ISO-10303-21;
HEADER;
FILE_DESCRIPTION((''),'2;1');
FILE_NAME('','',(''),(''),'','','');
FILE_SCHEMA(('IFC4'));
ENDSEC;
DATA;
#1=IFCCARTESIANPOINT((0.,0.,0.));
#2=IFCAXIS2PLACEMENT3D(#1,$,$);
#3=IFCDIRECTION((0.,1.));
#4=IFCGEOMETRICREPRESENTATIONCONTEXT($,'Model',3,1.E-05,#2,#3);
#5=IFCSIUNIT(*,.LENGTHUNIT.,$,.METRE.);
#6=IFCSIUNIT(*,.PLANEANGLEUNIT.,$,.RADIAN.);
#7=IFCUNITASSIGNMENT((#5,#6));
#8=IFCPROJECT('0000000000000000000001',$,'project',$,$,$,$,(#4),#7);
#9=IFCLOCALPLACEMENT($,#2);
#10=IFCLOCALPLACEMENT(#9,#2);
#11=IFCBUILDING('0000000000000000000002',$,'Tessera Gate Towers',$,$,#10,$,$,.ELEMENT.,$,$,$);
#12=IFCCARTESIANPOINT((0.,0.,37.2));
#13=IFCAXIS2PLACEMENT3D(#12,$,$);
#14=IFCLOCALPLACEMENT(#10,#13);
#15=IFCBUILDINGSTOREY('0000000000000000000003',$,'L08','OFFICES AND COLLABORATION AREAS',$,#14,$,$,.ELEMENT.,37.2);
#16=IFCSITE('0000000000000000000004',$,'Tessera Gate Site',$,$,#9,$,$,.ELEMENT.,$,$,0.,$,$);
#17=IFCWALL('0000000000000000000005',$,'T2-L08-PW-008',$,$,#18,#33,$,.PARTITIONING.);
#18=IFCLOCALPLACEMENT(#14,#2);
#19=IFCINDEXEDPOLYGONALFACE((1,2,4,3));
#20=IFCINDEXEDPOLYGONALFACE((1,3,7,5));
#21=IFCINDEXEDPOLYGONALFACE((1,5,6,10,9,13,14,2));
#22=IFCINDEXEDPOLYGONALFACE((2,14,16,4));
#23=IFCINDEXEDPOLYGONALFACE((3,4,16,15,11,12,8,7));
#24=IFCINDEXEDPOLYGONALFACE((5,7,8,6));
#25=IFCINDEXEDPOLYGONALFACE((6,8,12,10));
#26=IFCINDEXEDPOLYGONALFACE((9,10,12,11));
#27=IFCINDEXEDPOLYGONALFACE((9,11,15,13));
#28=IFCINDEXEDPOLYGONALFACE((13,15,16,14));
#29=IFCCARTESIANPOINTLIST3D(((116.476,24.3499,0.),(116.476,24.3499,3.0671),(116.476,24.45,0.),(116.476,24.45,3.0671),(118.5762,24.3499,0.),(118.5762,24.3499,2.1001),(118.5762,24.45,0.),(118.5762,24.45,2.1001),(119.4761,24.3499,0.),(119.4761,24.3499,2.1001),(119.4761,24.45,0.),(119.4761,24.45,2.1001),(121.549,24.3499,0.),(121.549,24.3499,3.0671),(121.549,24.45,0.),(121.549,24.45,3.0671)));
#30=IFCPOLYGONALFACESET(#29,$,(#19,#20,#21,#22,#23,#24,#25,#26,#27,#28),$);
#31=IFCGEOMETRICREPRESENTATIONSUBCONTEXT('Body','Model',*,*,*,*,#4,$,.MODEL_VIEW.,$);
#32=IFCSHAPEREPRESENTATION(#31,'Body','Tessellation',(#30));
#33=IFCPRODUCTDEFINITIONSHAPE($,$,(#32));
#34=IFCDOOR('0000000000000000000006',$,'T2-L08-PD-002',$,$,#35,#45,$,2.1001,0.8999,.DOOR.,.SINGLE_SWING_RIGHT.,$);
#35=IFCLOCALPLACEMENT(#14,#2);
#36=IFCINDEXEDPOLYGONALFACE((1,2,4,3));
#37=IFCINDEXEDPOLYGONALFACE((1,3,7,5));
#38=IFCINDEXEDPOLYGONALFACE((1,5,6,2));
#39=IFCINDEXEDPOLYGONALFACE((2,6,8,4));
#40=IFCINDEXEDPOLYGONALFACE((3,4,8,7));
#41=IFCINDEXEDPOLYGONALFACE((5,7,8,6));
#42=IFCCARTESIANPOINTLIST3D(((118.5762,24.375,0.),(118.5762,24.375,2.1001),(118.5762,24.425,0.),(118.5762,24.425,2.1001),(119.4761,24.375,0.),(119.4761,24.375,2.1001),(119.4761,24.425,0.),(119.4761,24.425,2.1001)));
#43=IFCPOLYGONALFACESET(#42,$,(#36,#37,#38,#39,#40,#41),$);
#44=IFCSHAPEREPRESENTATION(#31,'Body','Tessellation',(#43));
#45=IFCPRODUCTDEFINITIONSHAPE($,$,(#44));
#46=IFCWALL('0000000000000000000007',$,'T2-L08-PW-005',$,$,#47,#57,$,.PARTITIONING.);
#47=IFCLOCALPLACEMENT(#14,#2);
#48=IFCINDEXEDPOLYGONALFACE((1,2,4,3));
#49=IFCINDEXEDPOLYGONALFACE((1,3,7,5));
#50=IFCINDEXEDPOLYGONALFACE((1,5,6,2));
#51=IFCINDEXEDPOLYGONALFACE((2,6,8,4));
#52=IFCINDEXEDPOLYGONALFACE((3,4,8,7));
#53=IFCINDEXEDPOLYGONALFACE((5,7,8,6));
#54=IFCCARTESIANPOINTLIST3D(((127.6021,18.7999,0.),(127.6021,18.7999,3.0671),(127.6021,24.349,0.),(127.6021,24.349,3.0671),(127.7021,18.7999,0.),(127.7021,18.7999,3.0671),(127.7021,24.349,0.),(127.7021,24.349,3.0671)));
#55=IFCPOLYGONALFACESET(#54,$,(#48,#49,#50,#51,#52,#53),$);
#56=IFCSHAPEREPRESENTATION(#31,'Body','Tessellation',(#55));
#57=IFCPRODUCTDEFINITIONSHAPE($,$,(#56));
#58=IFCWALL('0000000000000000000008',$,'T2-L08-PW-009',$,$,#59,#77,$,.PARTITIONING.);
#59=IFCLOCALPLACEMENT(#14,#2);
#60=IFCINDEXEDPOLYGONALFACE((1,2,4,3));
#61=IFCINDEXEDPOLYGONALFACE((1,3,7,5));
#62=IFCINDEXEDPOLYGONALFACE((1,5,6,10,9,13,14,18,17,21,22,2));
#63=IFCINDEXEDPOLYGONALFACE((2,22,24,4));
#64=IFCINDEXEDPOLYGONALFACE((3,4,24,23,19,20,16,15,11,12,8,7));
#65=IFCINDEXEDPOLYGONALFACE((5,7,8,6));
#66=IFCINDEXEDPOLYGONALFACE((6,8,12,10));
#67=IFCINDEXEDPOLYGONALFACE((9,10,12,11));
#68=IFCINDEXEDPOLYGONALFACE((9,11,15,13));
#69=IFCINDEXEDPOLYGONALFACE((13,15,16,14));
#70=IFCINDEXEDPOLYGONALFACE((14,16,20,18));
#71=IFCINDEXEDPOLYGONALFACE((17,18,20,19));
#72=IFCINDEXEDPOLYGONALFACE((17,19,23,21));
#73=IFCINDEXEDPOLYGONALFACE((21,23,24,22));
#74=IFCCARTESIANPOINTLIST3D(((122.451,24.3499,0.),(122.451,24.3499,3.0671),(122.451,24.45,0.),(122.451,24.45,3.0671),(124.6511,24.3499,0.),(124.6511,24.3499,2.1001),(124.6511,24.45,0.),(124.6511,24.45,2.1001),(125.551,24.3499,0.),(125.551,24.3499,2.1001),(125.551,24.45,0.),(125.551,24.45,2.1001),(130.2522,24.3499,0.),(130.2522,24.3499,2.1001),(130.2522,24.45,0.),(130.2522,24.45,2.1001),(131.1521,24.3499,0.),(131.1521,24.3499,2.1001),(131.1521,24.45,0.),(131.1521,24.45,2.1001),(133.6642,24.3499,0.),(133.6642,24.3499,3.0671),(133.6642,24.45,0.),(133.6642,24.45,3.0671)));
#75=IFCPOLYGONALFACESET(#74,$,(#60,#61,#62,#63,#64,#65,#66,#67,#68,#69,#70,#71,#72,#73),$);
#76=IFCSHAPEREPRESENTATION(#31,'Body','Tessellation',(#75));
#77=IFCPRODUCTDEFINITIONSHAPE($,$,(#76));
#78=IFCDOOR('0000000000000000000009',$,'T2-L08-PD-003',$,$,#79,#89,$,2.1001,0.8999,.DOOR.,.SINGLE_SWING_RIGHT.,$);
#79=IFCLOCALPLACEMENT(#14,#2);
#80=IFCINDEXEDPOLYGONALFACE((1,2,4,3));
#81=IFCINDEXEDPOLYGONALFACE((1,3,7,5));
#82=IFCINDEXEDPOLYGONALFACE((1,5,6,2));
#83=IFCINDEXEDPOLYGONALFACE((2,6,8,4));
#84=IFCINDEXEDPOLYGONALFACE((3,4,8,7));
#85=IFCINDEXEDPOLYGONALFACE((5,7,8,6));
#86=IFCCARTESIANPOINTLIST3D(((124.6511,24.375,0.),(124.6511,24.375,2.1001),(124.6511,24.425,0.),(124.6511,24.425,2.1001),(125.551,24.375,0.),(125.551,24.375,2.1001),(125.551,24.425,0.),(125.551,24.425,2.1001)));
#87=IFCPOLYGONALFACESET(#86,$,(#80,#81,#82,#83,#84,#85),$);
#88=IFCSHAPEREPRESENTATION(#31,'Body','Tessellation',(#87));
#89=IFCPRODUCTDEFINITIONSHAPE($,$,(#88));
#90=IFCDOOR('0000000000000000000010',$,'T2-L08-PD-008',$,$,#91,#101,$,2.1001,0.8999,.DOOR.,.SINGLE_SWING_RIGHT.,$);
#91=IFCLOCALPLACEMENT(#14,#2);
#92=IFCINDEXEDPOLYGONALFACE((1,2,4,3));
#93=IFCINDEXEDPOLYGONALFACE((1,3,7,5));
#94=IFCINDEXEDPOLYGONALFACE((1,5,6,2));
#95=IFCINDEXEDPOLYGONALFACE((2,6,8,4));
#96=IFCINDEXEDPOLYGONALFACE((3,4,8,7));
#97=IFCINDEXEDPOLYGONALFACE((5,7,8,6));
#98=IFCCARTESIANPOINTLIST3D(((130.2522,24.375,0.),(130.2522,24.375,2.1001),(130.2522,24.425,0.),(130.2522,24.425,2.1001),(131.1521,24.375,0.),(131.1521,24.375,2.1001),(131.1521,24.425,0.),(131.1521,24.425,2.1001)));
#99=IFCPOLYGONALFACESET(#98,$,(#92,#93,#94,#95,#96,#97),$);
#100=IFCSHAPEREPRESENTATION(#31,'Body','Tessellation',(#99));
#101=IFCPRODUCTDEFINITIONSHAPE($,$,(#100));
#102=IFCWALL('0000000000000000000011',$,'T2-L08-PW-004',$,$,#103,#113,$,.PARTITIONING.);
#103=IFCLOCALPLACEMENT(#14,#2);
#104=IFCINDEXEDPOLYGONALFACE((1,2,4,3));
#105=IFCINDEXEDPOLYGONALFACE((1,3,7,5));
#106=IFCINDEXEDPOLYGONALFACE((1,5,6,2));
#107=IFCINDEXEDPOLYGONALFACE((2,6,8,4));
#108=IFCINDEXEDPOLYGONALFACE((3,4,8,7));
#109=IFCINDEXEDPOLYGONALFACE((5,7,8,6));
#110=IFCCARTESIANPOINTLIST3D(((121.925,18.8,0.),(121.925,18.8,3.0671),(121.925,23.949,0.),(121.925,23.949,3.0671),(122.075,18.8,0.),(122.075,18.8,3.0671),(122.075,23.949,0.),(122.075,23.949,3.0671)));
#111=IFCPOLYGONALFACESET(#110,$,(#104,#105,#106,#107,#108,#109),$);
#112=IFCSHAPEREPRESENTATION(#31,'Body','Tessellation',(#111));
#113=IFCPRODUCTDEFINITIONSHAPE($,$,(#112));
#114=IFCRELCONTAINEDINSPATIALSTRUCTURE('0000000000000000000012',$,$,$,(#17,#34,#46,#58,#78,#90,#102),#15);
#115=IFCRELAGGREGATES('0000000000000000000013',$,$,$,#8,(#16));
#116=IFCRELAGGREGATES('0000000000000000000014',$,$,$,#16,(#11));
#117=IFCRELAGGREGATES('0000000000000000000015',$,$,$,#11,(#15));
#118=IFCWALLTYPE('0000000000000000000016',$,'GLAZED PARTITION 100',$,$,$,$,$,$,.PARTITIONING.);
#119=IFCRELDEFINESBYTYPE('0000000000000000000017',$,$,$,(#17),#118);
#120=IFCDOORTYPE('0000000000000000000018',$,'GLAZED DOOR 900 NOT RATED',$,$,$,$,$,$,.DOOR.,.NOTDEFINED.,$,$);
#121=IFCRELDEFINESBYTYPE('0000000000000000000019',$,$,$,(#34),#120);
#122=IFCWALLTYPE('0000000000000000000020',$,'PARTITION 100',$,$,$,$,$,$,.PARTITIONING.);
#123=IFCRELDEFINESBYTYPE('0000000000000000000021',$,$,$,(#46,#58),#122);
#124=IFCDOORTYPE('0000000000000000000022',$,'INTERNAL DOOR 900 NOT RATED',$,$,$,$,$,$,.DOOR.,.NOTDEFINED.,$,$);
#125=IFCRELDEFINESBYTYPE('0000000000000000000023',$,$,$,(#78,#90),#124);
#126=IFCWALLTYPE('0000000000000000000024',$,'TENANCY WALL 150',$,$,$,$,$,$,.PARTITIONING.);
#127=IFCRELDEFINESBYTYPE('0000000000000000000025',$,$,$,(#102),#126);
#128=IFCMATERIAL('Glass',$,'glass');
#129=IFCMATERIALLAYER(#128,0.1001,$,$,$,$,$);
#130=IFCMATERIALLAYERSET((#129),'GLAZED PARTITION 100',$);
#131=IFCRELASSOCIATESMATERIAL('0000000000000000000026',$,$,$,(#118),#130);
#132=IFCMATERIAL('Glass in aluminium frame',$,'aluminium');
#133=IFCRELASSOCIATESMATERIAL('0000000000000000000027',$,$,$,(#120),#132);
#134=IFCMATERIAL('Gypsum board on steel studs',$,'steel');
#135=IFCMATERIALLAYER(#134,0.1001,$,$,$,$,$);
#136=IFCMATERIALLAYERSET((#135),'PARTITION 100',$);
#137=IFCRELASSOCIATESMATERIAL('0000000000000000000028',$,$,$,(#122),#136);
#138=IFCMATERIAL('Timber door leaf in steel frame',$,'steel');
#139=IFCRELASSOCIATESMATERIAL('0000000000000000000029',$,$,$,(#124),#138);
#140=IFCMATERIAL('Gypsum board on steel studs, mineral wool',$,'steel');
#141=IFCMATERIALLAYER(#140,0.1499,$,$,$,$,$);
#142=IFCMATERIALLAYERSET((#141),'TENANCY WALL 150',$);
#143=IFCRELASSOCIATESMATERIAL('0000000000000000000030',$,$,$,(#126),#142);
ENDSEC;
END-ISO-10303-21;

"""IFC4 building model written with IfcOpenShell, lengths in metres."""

from ifc_helpers import new_model, si_unit, direction, frame, frame_2d, origin, place, context, subcontext, project, spatial, rectangle, extrude, source, transform, mapped, material, layer, layer_set, type_object, element, fill, save


model = new_model("IFC4")

# Units and contexts
model_context = context("Model", 3, precision=1e-05, world=origin(), true_north=direction((0.0, 1.0)))
body_context = subcontext(model_context, "Body", "Model", "MODEL_VIEW")
ifc_project = project(units=[si_unit("LENGTHUNIT", "METRE"), si_unit("PLANEANGLEUNIT", "RADIAN")], contexts=[model_context])

# Site, building, storey
site_placement = place(None, origin())
site = spatial("IfcSite", under=ifc_project, at=site_placement, Name="Tessera Gate Site", CompositionType="ELEMENT", RefElevation=0.0)
building_placement = place(site_placement, origin())
building = spatial("IfcBuilding", under=site, at=building_placement, Name="Tessera Gate Towers", CompositionType="ELEMENT")
storey_placement = place(building_placement, frame((0.0, 0.0, 37.2)))
storey = spatial("IfcBuildingStorey", under=building, at=storey_placement, Name="L08", Description="OFFICES AND COLLABORATION AREAS", CompositionType="ELEMENT", Elevation=37.2)

# Wall, opening, door
ifc_material_1 = material(Name="Glass", Category="glass")
ifc_layer_1 = layer(ifc_material_1, 0.1001)
ifc_layer_set_1 = layer_set([ifc_layer_1], Name="GLAZED PARTITION 100")
wall_type_1 = type_object("IfcWallType", Name="GLAZED PARTITION 100", PredefinedType="PARTITIONING", material=ifc_layer_set_1)
wall_1_placement = place(storey_placement, frame((121.5491, 24.3999, 0.0), z_axis=(0.0, 0.0, 1.0), x_axis=(-1.0, 0.0, 0.0)))
wall_1 = element("IfcWall", 1, at=wall_1_placement, inside=storey, type_object=wall_type_1, Name="T2-L08-PW-008", PredefinedType="PARTITIONING", context=body_context, shape_type="SweptSolid", body=[
    extrude(rectangle(XDim=5.073, YDim=0.1001, at=frame_2d((2.5366, 0.0))), origin(), (0.0, 0.0, 1.0), 3.0671),
])
shared_shape_1 = source(origin(), body_context, "Body", "SweptSolid", [
    extrude(rectangle(XDim=0.8999, YDim=2.1001, at=frame_2d((0.45, 1.05))), frame((0.0, 0.0601, 0.0), z_axis=(0.0, -1.0, 0.0), x_axis=(1.0, 0.0, 0.0)), (0.0, 0.0, 1.0), 0.1201),
])
opening_1_placement = place(wall_1_placement, frame((2.073, 0.0, 0.0)))
opening_1 = element("IfcOpeningElement", 2, at=opening_1_placement, cuts=wall_1, PredefinedType="OPENING", context=body_context, shape_type="MappedRepresentation", body=[
    mapped(shared_shape_1, transform((0.0, 0.0, 0.0), scale=1.0)),
])
ifc_material_2 = material(Name="Glass in aluminium frame", Category="aluminium")
door_type_1 = type_object("IfcDoorType", Name="GLAZED DOOR 900 NOT RATED", OperationType="NOTDEFINED", PredefinedType="DOOR", material=ifc_material_2)
shared_shape_2 = source(origin(), body_context, "Body", "SweptSolid", [
    extrude(rectangle(XDim=0.8999, YDim=2.1001, at=frame_2d((0.45, 1.05))), frame((0.0, 0.0249, 0.0), z_axis=(0.0, -1.0, 0.0), x_axis=(1.0, 0.0, 0.0)), (0.0, 0.0, 1.0), 0.05),
])
door_1_placement = place(opening_1_placement, origin())
door_1 = element("IfcDoor", 3, at=door_1_placement, inside=storey, type_object=door_type_1, Name="T2-L08-PD-002", OperationType="SINGLE_SWING_RIGHT", OverallHeight=2.1001, OverallWidth=0.8999, PredefinedType="DOOR", context=body_context, shape_type="MappedRepresentation", body=[
    mapped(shared_shape_2, transform((0.0, 0.0, 0.0), scale=1.0)),
])
fill(opening_1, door_1)

# Wall
ifc_material_3 = material(Name="Gypsum board on steel studs", Category="steel")
ifc_layer_2 = layer(ifc_material_3, 0.1001)
ifc_layer_set_2 = layer_set([ifc_layer_2], Name="PARTITION 100")
wall_type_2 = type_object("IfcWallType", Name="PARTITION 100", PredefinedType="PARTITIONING", material=ifc_layer_set_2)
wall_2_placement = place(storey_placement, frame((127.6521, 18.8, 0.0), z_axis=(0.0, 0.0, 1.0), x_axis=(0.0, 1.0, 0.0)))
element("IfcWall", 4, at=wall_2_placement, inside=storey, type_object=wall_type_2, Name="T2-L08-PW-005", PredefinedType="PARTITIONING", context=body_context, shape_type="SweptSolid", body=[
    extrude(rectangle(XDim=5.5491, YDim=0.1001, at=frame_2d((2.7744, 0.0))), origin(), (0.0, 0.0, 1.0), 3.0671),
])

# Wall, openings, doors
wall_3_placement = place(storey_placement, frame((133.6641, 24.3999, 0.0), z_axis=(0.0, 0.0, 1.0), x_axis=(-1.0, 0.0, 0.0)))
wall_3 = element("IfcWall", 5, at=wall_3_placement, inside=storey, type_object=wall_type_2, Name="T2-L08-PW-009", PredefinedType="PARTITIONING", context=body_context, shape_type="SweptSolid", body=[
    extrude(rectangle(XDim=11.2131, YDim=0.1001, at=frame_2d((5.6064, 0.0))), origin(), (0.0, 0.0, 1.0), 3.0671),
])
opening_2_placement = place(wall_3_placement, frame((8.113, 0.0, 0.0)))
opening_2 = element("IfcOpeningElement", 6, at=opening_2_placement, cuts=wall_3, PredefinedType="OPENING", context=body_context, shape_type="MappedRepresentation", body=[
    mapped(shared_shape_1, transform((0.0, 0.0, 0.0), scale=1.0)),
])
opening_3_placement = place(wall_3_placement, frame((2.512, 0.0, 0.0)))
opening_3 = element("IfcOpeningElement", 7, at=opening_3_placement, cuts=wall_3, PredefinedType="OPENING", context=body_context, shape_type="MappedRepresentation", body=[
    mapped(shared_shape_1, transform((0.0, 0.0, 0.0), scale=1.0)),
])
ifc_material_4 = material(Name="Timber door leaf in steel frame", Category="steel")
door_type_2 = type_object("IfcDoorType", Name="INTERNAL DOOR 900 NOT RATED", OperationType="NOTDEFINED", PredefinedType="DOOR", material=ifc_material_4)
door_2_placement = place(opening_2_placement, origin())
door_2 = element("IfcDoor", 8, at=door_2_placement, inside=storey, type_object=door_type_2, Name="T2-L08-PD-003", OperationType="SINGLE_SWING_RIGHT", OverallHeight=2.1001, OverallWidth=0.8999, PredefinedType="DOOR", context=body_context, shape_type="MappedRepresentation", body=[
    mapped(shared_shape_2, transform((0.0, 0.0, 0.0), scale=1.0)),
])
fill(opening_2, door_2)
door_3_placement = place(opening_3_placement, origin())
door_3 = element("IfcDoor", 9, at=door_3_placement, inside=storey, type_object=door_type_2, Name="T2-L08-PD-008", OperationType="SINGLE_SWING_RIGHT", OverallHeight=2.1001, OverallWidth=0.8999, PredefinedType="DOOR", context=body_context, shape_type="MappedRepresentation", body=[
    mapped(shared_shape_2, transform((0.0, 0.0, 0.0), scale=1.0)),
])
fill(opening_3, door_3)

# Wall
ifc_material_5 = material(Name="Gypsum board on steel studs, mineral wool", Category="steel")
ifc_layer_3 = layer(ifc_material_5, 0.1499)
ifc_layer_set_3 = layer_set([ifc_layer_3], Name="TENANCY WALL 150")
wall_type_3 = type_object("IfcWallType", Name="TENANCY WALL 150", PredefinedType="PARTITIONING", material=ifc_layer_set_3)
wall_4_placement = place(storey_placement, frame((122.0, 18.8, 0.0), z_axis=(0.0, 0.0, 1.0), x_axis=(0.0, 1.0, 0.0)))
element("IfcWall", 10, at=wall_4_placement, inside=storey, type_object=wall_type_3, Name="T2-L08-PW-004", PredefinedType="PARTITIONING", context=body_context, shape_type="SweptSolid", body=[
    extrude(rectangle(XDim=5.1489, YDim=0.1499, at=frame_2d((2.5745, 0.0))), origin(), (0.0, 0.0, 1.0), 3.0671),
])

save(model, "model.ifc")
